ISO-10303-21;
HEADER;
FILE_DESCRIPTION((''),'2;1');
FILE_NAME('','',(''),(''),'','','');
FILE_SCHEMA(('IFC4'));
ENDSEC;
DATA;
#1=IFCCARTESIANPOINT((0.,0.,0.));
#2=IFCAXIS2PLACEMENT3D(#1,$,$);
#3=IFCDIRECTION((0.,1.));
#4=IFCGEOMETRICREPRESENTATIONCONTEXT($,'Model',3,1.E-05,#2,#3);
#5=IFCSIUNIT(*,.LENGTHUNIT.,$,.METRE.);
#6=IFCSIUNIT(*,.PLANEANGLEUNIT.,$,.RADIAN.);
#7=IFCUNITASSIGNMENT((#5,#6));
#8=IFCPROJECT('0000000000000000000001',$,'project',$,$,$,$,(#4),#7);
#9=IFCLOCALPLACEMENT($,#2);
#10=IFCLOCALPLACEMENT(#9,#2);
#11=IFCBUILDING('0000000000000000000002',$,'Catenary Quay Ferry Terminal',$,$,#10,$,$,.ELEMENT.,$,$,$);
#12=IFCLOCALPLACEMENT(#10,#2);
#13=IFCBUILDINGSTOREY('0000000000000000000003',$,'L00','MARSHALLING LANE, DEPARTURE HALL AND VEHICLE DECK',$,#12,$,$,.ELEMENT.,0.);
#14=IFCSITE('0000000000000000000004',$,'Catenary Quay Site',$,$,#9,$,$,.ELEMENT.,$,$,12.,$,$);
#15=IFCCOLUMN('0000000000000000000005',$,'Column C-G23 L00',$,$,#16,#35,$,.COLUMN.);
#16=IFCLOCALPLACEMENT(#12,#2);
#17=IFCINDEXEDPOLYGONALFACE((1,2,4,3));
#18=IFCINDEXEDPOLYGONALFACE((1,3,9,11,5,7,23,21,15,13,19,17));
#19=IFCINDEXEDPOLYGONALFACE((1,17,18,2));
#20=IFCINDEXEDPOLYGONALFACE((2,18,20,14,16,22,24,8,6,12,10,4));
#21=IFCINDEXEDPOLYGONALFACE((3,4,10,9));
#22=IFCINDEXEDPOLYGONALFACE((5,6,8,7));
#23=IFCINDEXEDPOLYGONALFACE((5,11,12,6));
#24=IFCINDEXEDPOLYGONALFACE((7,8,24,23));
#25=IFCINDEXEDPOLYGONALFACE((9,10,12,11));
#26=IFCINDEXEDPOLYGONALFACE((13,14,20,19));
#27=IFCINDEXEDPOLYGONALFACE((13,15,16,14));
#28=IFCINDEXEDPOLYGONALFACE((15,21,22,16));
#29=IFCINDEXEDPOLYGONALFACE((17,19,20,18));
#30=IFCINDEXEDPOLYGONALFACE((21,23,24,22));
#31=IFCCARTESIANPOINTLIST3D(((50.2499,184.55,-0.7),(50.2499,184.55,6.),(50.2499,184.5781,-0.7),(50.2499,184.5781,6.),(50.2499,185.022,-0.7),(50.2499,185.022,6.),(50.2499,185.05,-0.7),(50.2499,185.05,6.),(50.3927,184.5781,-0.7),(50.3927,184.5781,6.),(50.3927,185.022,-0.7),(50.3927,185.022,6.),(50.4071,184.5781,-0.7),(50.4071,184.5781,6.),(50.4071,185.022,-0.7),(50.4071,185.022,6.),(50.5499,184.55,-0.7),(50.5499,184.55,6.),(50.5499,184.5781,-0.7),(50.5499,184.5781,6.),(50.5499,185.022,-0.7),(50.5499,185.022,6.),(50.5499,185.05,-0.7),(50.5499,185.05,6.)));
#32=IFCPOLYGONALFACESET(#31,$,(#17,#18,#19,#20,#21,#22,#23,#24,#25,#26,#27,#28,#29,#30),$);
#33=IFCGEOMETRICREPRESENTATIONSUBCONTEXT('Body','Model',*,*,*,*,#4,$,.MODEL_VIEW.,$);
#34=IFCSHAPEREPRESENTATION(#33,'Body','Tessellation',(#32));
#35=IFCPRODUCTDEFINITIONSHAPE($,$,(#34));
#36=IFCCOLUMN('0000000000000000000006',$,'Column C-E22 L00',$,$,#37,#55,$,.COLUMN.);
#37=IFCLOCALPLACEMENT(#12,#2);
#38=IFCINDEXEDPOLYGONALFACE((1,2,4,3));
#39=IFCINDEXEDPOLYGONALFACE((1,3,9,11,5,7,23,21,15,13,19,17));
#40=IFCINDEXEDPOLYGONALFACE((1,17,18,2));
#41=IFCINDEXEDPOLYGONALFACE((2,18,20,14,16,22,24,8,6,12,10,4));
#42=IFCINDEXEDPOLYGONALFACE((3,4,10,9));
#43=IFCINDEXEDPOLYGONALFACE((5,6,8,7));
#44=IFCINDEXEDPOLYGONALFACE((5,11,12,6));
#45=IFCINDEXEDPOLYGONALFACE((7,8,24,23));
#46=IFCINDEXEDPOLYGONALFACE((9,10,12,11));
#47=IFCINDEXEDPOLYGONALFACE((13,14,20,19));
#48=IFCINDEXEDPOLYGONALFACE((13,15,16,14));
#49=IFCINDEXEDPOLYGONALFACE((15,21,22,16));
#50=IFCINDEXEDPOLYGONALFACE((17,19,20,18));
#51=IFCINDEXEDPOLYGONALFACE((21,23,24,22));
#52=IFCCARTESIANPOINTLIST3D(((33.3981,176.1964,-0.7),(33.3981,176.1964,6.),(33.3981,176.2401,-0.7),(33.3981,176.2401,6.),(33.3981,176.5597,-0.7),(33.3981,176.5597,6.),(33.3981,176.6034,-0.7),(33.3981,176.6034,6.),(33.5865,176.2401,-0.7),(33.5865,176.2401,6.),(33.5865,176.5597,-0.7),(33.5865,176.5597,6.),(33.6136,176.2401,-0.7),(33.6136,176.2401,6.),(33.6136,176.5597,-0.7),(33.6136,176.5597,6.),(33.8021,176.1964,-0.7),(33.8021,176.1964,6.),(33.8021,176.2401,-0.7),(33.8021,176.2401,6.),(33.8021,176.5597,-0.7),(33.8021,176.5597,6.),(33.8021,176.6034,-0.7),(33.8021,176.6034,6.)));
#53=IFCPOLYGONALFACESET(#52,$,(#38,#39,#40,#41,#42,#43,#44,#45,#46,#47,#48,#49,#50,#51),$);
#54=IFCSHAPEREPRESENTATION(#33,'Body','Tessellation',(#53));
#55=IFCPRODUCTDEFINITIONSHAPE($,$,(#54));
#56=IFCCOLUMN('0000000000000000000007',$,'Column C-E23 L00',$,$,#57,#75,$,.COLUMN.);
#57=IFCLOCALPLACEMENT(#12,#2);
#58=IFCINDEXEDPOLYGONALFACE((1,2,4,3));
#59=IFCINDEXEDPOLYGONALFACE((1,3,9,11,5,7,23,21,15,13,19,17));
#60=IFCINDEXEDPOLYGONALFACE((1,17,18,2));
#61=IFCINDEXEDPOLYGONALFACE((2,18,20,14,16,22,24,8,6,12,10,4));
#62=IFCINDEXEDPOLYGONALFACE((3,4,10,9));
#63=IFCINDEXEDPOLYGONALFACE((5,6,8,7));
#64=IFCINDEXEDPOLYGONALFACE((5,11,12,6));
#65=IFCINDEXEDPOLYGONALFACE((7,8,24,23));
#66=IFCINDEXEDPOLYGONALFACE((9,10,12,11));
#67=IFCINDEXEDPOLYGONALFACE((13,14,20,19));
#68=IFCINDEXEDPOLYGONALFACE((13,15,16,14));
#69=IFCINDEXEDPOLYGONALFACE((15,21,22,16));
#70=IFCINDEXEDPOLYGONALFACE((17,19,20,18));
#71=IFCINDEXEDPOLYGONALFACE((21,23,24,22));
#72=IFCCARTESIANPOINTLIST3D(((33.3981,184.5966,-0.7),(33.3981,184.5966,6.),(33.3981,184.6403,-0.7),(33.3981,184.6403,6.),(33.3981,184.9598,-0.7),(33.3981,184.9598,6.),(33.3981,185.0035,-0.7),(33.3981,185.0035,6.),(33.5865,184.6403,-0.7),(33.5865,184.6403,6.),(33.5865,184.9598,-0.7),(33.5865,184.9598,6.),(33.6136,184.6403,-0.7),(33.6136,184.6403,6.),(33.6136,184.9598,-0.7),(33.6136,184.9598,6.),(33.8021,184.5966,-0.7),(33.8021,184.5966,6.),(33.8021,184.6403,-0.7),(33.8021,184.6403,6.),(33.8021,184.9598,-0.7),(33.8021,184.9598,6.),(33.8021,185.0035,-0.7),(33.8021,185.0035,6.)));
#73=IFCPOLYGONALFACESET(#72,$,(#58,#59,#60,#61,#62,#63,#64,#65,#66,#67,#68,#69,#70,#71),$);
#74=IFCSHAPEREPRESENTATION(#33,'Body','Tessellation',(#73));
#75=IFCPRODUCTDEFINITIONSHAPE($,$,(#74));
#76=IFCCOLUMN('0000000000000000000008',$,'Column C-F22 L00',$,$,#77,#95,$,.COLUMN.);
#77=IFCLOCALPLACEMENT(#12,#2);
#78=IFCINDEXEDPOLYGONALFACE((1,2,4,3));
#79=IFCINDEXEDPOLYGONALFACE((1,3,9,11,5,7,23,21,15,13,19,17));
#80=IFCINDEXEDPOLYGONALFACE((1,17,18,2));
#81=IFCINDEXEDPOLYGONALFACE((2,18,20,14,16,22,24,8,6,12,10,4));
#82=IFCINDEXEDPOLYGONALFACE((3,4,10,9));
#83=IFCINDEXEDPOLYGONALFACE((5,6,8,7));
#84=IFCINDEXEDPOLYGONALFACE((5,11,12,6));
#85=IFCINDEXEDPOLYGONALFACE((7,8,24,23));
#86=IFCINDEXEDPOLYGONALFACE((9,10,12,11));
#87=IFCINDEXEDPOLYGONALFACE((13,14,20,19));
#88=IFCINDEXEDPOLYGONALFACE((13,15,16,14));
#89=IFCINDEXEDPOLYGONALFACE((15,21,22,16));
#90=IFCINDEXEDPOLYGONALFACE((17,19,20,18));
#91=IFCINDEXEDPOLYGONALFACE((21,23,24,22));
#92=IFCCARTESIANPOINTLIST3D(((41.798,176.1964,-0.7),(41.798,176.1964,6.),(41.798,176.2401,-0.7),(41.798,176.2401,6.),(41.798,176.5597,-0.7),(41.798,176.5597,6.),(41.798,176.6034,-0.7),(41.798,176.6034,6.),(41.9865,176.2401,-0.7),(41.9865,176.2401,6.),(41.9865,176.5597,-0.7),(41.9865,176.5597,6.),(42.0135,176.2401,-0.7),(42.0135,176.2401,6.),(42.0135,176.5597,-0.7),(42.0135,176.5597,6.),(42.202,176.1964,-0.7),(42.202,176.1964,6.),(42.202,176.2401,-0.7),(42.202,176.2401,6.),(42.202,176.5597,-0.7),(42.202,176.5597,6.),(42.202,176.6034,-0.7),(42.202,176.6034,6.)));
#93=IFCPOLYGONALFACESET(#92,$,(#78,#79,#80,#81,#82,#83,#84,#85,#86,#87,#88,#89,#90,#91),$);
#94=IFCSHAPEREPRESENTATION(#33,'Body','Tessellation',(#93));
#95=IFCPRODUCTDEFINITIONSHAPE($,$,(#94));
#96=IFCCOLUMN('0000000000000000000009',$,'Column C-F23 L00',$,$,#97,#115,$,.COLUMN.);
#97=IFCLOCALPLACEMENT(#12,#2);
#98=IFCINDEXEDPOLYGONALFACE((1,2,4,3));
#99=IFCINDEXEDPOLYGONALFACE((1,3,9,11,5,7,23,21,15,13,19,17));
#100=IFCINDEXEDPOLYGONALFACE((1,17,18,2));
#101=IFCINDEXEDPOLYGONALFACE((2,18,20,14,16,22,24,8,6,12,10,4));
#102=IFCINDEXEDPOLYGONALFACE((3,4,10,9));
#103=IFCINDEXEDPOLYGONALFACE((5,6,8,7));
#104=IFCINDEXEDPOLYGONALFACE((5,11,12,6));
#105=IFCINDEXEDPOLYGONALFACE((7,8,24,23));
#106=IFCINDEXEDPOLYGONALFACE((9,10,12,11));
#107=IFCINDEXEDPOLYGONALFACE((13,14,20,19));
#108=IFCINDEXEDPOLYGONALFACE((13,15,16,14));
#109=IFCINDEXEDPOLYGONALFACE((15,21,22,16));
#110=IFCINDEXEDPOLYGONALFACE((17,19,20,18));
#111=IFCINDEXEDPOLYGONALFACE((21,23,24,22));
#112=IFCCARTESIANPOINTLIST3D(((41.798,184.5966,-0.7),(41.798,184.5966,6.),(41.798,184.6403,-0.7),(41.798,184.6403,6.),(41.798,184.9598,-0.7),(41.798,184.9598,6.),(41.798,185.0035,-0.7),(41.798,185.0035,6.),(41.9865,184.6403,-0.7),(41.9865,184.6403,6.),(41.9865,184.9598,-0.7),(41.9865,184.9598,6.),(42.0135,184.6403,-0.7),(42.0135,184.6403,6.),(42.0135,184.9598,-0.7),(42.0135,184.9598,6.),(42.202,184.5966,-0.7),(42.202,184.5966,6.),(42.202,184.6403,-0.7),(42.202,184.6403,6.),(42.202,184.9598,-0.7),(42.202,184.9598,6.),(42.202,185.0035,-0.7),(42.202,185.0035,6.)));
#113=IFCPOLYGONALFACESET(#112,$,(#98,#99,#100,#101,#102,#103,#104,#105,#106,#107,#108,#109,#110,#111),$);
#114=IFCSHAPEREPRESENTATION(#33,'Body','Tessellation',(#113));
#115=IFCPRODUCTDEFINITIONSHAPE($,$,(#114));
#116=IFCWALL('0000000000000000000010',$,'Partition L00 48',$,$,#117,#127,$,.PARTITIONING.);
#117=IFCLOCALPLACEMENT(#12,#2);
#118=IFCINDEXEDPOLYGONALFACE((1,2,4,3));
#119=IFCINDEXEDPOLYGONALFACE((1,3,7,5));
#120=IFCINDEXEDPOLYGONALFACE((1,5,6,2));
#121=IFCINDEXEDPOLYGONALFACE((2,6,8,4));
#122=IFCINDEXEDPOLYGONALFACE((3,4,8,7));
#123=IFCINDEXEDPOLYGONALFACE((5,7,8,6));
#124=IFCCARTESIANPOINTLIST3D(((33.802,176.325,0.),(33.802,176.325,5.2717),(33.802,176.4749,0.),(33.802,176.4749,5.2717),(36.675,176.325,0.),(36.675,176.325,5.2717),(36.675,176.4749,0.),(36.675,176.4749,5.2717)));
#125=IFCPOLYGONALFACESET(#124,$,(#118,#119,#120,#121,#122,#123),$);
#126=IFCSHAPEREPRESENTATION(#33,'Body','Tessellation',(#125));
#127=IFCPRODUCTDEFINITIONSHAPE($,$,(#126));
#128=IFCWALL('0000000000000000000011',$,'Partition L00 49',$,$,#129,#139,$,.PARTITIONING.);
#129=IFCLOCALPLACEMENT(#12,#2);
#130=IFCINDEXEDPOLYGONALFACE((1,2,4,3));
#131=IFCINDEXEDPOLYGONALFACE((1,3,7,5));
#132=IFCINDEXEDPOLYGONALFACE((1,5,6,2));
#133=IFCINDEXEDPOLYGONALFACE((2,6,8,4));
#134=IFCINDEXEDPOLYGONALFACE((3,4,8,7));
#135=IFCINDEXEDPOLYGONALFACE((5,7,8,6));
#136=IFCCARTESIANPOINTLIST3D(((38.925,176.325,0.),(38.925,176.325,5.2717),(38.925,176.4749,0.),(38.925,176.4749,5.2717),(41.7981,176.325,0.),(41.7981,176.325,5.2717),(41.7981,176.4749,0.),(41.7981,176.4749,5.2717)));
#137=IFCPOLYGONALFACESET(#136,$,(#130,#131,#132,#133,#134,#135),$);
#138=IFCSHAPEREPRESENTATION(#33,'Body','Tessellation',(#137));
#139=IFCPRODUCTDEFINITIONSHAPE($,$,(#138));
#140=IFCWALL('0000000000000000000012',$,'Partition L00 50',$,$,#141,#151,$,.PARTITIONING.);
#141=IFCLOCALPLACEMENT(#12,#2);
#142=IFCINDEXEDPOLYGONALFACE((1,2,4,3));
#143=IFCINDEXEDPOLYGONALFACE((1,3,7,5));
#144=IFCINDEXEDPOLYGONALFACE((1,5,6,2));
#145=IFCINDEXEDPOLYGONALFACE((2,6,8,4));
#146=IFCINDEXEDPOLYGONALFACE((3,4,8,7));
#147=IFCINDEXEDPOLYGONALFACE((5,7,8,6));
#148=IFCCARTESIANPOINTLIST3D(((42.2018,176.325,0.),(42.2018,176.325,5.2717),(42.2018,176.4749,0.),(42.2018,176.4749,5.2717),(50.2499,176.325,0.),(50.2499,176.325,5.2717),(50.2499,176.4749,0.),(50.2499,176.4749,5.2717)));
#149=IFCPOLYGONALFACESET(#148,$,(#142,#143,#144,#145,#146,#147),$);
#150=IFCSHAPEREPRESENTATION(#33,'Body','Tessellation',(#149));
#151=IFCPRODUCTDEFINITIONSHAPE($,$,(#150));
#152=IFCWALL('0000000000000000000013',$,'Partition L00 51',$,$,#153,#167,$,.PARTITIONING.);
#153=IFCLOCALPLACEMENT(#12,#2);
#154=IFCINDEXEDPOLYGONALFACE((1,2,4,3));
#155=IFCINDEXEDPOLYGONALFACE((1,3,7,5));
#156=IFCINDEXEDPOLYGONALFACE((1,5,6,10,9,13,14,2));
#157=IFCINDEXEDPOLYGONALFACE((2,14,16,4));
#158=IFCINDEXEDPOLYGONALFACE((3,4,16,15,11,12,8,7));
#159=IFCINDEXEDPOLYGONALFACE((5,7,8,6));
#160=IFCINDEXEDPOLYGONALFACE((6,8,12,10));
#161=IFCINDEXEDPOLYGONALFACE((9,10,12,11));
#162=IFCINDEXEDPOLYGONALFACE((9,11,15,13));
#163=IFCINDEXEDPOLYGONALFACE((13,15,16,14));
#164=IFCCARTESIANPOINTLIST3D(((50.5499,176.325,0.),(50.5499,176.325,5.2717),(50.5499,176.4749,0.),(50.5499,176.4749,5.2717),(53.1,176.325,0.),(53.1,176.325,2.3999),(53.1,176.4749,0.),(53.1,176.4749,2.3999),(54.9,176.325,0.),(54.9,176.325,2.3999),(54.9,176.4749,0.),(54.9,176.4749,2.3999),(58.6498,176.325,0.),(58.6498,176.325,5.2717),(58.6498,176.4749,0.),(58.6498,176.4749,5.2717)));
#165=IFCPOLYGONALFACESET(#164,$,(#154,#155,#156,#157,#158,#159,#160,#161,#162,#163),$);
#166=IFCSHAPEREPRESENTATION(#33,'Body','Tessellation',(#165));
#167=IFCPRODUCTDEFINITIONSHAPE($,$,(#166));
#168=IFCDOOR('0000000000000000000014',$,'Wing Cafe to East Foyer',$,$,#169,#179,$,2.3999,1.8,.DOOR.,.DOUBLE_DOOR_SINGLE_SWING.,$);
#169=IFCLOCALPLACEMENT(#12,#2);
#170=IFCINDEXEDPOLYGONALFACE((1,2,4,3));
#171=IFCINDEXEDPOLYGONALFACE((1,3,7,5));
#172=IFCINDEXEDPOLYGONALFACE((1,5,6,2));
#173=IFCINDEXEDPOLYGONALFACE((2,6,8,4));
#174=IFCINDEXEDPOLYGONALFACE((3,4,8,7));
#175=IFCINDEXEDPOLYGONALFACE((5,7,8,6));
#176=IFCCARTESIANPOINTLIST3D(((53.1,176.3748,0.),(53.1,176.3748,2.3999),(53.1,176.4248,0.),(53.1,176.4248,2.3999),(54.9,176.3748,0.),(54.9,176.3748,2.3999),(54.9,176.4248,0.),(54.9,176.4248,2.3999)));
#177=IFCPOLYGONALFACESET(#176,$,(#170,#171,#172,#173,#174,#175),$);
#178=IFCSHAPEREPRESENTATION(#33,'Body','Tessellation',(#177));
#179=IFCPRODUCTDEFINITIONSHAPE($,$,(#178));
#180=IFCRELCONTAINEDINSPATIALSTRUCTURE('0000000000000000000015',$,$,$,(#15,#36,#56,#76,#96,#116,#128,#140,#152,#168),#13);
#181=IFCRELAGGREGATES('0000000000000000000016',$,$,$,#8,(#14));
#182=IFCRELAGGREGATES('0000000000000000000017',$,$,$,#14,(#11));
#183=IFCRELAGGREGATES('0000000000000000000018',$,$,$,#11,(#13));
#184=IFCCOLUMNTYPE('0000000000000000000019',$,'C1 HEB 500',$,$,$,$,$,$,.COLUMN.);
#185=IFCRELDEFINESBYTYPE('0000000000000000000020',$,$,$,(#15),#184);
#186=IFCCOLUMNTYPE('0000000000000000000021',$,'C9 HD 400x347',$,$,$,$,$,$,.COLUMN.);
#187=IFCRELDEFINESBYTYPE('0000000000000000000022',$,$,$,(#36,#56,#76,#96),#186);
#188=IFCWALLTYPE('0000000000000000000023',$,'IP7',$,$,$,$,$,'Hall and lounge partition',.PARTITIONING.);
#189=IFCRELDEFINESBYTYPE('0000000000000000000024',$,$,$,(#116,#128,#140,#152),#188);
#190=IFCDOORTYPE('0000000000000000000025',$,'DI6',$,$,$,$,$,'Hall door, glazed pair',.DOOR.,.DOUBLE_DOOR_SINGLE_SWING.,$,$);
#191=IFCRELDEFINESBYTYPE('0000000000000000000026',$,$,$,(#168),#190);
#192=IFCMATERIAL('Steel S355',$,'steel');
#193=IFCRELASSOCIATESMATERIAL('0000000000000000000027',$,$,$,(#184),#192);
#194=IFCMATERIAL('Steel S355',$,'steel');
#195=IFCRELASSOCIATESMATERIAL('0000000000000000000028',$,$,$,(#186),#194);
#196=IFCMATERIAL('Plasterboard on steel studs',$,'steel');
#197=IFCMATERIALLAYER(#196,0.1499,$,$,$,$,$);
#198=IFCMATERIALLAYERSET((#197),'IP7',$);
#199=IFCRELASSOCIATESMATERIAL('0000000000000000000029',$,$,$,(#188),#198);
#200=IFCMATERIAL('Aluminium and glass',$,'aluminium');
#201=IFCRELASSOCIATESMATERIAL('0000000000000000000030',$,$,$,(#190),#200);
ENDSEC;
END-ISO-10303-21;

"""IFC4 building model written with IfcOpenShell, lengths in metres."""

from ifc_helpers import new_model, si_unit, direction, frame, frame_2d, origin, origin_2d, place, context, subcontext, project, spatial, rectangle, i_section, extrude, material, layer, layer_set, material_profile, profile_set, type_object, element, fill, save


model = new_model("IFC4")

# Units and contexts
model_context = context("Model", 3, precision=1e-05, world=origin(), true_north=direction((0.0, 1.0)))
body_context = subcontext(model_context, "Body", "Model", "MODEL_VIEW")
ifc_project = project(units=[si_unit("LENGTHUNIT", "METRE"), si_unit("PLANEANGLEUNIT", "RADIAN")], contexts=[model_context])

# Site, building, storey
site_placement = place(None, origin())
site = spatial("IfcSite", under=ifc_project, at=site_placement, Name="Catenary Quay Site", CompositionType="ELEMENT", RefElevation=12.0)
building_placement = place(site_placement, origin())
building = spatial("IfcBuilding", under=site, at=building_placement, Name="Catenary Quay Ferry Terminal", CompositionType="ELEMENT")
storey_placement = place(building_placement, origin())
storey = spatial("IfcBuildingStorey", under=building, at=storey_placement, Name="L00", Description="MARSHALLING LANE, DEPARTURE HALL AND VEHICLE DECK", CompositionType="ELEMENT", Elevation=0.0)

# Columns
ifc_material_1 = material(Name="Steel S355", Category="steel")
ifc_material_profile_1 = material_profile(ifc_material_1, i_section(OverallWidth=0.3, OverallDepth=0.5, WebThickness=0.0144, FlangeThickness=0.0281, at=origin_2d()), Name="HEB 500")
ifc_profile_set_1 = profile_set([ifc_material_profile_1], Name="Steel S355")
column_type_1 = type_object("IfcColumnType", Name="C1 HEB 500", PredefinedType="COLUMN", material=ifc_profile_set_1)
for number, where, z_axis, x_axis, name in (
    (1, (50.3999, 184.8, -0.7), (0.0, 0.0, 1.0), (1.0, 0.0, 0.0), "Column C-G23 L00"),
):
    element("IfcColumn", number, at=place(storey_placement, frame(where, z_axis=z_axis, x_axis=x_axis)), inside=storey, type_object=column_type_1, Name=name, PredefinedType="COLUMN", context=body_context, shape_type="SweptSolid", body=[
        extrude(i_section(OverallWidth=0.3, OverallDepth=0.5, WebThickness=0.0144, FlangeThickness=0.0281, at=origin_2d()), origin(), (0.0, 0.0, 1.0), 6.7),
    ])
ifc_material_2 = material(Name="Steel S355", Category="steel")
ifc_material_profile_2 = material_profile(ifc_material_2, i_section(OverallWidth=0.4041, OverallDepth=0.407, WebThickness=0.0271, FlangeThickness=0.0437, at=origin_2d()), Name="HD 400x347")
ifc_profile_set_2 = profile_set([ifc_material_profile_2], Name="Steel S355")
column_type_2 = type_object("IfcColumnType", Name="C9 HD 400x347", PredefinedType="COLUMN", material=ifc_profile_set_2)
for number, where, z_axis, x_axis, name in (
    (2, (33.6001, 176.3999, -0.7), (0.0, 0.0, 1.0), (1.0, 0.0, 0.0), "Column C-E22 L00"),
    (3, (33.6001, 184.8, -0.7), (0.0, 0.0, 1.0), (1.0, 0.0, 0.0), "Column C-E23 L00"),
    (4, (42.0, 176.3999, -0.7), (0.0, 0.0, 1.0), (1.0, 0.0, 0.0), "Column C-F22 L00"),
    (5, (42.0, 184.8, -0.7), (0.0, 0.0, 1.0), (1.0, 0.0, 0.0), "Column C-F23 L00"),
):
    element("IfcColumn", number, at=place(storey_placement, frame(where, z_axis=z_axis, x_axis=x_axis)), inside=storey, type_object=column_type_2, Name=name, PredefinedType="COLUMN", context=body_context, shape_type="SweptSolid", body=[
        extrude(i_section(OverallWidth=0.4041, OverallDepth=0.407, WebThickness=0.0271, FlangeThickness=0.0437, at=origin_2d()), origin(), (0.0, 0.0, 1.0), 6.7),
    ])

# Walls
ifc_material_3 = material(Name="Plasterboard on steel studs", Category="steel")
ifc_layer = layer(ifc_material_3, 0.1499)
ifc_layer_set = layer_set([ifc_layer], Name="IP7")
wall_type = type_object("IfcWallType", Name="IP7", ElementType="Hall and lounge partition", PredefinedType="PARTITIONING", material=ifc_layer_set)
for number, where, z_axis, x_axis, name in (
    (6, (33.802, 176.3999, 0.0), (0.0, 0.0, 1.0), (1.0, 0.0, 0.0), "Partition L00 48"),
    (7, (38.925, 176.3999, 0.0), (0.0, 0.0, 1.0), (1.0, 0.0, 0.0), "Partition L00 49"),
):
    element("IfcWall", number, at=place(storey_placement, frame(where, z_axis=z_axis, x_axis=x_axis)), inside=storey, type_object=wall_type, Name=name, PredefinedType="PARTITIONING", context=body_context, shape_type="SweptSolid", body=[
        extrude(rectangle(XDim=2.873, YDim=0.1499, at=frame_2d((1.4365, 0.0))), origin(), (0.0, 0.0, 1.0), 5.2717),
    ])
wall_1_placement = place(storey_placement, frame((42.2019, 176.3999, 0.0), z_axis=(0.0, 0.0, 1.0), x_axis=(1.0, 0.0, 0.0)))
element("IfcWall", 8, at=wall_1_placement, inside=storey, type_object=wall_type, Name="Partition L00 50", PredefinedType="PARTITIONING", context=body_context, shape_type="SweptSolid", body=[
    extrude(rectangle(XDim=8.0481, YDim=0.1499, at=frame_2d((4.0239, 0.0))), origin(), (0.0, 0.0, 1.0), 5.2717),
])

# Wall, opening, door
wall_2_placement = place(storey_placement, frame((50.55, 176.3999, 0.0), z_axis=(0.0, 0.0, 1.0), x_axis=(1.0, 0.0, 0.0)))
wall_2 = element("IfcWall", 9, at=wall_2_placement, inside=storey, type_object=wall_type, Name="Partition L00 51", PredefinedType="PARTITIONING", context=body_context, shape_type="SweptSolid", body=[
    extrude(rectangle(XDim=8.0999, YDim=0.1499, at=frame_2d((4.0498, 0.0))), origin(), (0.0, 0.0, 1.0), 5.2717),
])
opening_placement = place(wall_2_placement, frame((2.55, 0.0, 0.0)))
opening = element("IfcOpeningElement", 10, at=opening_placement, cuts=wall_2, PredefinedType="OPENING", context=body_context, shape_type="SweptSolid", body=[
    extrude(rectangle(XDim=1.8, YDim=2.3999, at=frame_2d((0.8999, 1.2))), frame((0.0, 0.085, 0.0), z_axis=(0.0, -1.0, 0.0), x_axis=(1.0, 0.0, 0.0)), (0.0, 0.0, 1.0), 0.1699),
])
ifc_material_4 = material(Name="Aluminium and glass", Category="aluminium")
door_type = type_object("IfcDoorType", Name="DI6", ElementType="Hall door, glazed pair", OperationType="DOUBLE_DOOR_SINGLE_SWING", PredefinedType="DOOR", material=ifc_material_4)
door_placement = place(opening_placement, origin())
door = element("IfcDoor", 11, at=door_placement, inside=storey, type_object=door_type, Name="Wing Cafe to East Foyer", OperationType="DOUBLE_DOOR_SINGLE_SWING", OverallHeight=2.3999, OverallWidth=1.8, PredefinedType="DOOR", context=body_context, shape_type="SweptSolid", body=[
    extrude(rectangle(XDim=1.8, YDim=2.3999, at=frame_2d((0.8999, 1.2))), frame((0.0, 0.0249, 0.0), z_axis=(0.0, -1.0, 0.0), x_axis=(1.0, 0.0, 0.0)), (0.0, 0.0, 1.0), 0.05),
])
fill(opening, door)

save(model, "model.ifc")
